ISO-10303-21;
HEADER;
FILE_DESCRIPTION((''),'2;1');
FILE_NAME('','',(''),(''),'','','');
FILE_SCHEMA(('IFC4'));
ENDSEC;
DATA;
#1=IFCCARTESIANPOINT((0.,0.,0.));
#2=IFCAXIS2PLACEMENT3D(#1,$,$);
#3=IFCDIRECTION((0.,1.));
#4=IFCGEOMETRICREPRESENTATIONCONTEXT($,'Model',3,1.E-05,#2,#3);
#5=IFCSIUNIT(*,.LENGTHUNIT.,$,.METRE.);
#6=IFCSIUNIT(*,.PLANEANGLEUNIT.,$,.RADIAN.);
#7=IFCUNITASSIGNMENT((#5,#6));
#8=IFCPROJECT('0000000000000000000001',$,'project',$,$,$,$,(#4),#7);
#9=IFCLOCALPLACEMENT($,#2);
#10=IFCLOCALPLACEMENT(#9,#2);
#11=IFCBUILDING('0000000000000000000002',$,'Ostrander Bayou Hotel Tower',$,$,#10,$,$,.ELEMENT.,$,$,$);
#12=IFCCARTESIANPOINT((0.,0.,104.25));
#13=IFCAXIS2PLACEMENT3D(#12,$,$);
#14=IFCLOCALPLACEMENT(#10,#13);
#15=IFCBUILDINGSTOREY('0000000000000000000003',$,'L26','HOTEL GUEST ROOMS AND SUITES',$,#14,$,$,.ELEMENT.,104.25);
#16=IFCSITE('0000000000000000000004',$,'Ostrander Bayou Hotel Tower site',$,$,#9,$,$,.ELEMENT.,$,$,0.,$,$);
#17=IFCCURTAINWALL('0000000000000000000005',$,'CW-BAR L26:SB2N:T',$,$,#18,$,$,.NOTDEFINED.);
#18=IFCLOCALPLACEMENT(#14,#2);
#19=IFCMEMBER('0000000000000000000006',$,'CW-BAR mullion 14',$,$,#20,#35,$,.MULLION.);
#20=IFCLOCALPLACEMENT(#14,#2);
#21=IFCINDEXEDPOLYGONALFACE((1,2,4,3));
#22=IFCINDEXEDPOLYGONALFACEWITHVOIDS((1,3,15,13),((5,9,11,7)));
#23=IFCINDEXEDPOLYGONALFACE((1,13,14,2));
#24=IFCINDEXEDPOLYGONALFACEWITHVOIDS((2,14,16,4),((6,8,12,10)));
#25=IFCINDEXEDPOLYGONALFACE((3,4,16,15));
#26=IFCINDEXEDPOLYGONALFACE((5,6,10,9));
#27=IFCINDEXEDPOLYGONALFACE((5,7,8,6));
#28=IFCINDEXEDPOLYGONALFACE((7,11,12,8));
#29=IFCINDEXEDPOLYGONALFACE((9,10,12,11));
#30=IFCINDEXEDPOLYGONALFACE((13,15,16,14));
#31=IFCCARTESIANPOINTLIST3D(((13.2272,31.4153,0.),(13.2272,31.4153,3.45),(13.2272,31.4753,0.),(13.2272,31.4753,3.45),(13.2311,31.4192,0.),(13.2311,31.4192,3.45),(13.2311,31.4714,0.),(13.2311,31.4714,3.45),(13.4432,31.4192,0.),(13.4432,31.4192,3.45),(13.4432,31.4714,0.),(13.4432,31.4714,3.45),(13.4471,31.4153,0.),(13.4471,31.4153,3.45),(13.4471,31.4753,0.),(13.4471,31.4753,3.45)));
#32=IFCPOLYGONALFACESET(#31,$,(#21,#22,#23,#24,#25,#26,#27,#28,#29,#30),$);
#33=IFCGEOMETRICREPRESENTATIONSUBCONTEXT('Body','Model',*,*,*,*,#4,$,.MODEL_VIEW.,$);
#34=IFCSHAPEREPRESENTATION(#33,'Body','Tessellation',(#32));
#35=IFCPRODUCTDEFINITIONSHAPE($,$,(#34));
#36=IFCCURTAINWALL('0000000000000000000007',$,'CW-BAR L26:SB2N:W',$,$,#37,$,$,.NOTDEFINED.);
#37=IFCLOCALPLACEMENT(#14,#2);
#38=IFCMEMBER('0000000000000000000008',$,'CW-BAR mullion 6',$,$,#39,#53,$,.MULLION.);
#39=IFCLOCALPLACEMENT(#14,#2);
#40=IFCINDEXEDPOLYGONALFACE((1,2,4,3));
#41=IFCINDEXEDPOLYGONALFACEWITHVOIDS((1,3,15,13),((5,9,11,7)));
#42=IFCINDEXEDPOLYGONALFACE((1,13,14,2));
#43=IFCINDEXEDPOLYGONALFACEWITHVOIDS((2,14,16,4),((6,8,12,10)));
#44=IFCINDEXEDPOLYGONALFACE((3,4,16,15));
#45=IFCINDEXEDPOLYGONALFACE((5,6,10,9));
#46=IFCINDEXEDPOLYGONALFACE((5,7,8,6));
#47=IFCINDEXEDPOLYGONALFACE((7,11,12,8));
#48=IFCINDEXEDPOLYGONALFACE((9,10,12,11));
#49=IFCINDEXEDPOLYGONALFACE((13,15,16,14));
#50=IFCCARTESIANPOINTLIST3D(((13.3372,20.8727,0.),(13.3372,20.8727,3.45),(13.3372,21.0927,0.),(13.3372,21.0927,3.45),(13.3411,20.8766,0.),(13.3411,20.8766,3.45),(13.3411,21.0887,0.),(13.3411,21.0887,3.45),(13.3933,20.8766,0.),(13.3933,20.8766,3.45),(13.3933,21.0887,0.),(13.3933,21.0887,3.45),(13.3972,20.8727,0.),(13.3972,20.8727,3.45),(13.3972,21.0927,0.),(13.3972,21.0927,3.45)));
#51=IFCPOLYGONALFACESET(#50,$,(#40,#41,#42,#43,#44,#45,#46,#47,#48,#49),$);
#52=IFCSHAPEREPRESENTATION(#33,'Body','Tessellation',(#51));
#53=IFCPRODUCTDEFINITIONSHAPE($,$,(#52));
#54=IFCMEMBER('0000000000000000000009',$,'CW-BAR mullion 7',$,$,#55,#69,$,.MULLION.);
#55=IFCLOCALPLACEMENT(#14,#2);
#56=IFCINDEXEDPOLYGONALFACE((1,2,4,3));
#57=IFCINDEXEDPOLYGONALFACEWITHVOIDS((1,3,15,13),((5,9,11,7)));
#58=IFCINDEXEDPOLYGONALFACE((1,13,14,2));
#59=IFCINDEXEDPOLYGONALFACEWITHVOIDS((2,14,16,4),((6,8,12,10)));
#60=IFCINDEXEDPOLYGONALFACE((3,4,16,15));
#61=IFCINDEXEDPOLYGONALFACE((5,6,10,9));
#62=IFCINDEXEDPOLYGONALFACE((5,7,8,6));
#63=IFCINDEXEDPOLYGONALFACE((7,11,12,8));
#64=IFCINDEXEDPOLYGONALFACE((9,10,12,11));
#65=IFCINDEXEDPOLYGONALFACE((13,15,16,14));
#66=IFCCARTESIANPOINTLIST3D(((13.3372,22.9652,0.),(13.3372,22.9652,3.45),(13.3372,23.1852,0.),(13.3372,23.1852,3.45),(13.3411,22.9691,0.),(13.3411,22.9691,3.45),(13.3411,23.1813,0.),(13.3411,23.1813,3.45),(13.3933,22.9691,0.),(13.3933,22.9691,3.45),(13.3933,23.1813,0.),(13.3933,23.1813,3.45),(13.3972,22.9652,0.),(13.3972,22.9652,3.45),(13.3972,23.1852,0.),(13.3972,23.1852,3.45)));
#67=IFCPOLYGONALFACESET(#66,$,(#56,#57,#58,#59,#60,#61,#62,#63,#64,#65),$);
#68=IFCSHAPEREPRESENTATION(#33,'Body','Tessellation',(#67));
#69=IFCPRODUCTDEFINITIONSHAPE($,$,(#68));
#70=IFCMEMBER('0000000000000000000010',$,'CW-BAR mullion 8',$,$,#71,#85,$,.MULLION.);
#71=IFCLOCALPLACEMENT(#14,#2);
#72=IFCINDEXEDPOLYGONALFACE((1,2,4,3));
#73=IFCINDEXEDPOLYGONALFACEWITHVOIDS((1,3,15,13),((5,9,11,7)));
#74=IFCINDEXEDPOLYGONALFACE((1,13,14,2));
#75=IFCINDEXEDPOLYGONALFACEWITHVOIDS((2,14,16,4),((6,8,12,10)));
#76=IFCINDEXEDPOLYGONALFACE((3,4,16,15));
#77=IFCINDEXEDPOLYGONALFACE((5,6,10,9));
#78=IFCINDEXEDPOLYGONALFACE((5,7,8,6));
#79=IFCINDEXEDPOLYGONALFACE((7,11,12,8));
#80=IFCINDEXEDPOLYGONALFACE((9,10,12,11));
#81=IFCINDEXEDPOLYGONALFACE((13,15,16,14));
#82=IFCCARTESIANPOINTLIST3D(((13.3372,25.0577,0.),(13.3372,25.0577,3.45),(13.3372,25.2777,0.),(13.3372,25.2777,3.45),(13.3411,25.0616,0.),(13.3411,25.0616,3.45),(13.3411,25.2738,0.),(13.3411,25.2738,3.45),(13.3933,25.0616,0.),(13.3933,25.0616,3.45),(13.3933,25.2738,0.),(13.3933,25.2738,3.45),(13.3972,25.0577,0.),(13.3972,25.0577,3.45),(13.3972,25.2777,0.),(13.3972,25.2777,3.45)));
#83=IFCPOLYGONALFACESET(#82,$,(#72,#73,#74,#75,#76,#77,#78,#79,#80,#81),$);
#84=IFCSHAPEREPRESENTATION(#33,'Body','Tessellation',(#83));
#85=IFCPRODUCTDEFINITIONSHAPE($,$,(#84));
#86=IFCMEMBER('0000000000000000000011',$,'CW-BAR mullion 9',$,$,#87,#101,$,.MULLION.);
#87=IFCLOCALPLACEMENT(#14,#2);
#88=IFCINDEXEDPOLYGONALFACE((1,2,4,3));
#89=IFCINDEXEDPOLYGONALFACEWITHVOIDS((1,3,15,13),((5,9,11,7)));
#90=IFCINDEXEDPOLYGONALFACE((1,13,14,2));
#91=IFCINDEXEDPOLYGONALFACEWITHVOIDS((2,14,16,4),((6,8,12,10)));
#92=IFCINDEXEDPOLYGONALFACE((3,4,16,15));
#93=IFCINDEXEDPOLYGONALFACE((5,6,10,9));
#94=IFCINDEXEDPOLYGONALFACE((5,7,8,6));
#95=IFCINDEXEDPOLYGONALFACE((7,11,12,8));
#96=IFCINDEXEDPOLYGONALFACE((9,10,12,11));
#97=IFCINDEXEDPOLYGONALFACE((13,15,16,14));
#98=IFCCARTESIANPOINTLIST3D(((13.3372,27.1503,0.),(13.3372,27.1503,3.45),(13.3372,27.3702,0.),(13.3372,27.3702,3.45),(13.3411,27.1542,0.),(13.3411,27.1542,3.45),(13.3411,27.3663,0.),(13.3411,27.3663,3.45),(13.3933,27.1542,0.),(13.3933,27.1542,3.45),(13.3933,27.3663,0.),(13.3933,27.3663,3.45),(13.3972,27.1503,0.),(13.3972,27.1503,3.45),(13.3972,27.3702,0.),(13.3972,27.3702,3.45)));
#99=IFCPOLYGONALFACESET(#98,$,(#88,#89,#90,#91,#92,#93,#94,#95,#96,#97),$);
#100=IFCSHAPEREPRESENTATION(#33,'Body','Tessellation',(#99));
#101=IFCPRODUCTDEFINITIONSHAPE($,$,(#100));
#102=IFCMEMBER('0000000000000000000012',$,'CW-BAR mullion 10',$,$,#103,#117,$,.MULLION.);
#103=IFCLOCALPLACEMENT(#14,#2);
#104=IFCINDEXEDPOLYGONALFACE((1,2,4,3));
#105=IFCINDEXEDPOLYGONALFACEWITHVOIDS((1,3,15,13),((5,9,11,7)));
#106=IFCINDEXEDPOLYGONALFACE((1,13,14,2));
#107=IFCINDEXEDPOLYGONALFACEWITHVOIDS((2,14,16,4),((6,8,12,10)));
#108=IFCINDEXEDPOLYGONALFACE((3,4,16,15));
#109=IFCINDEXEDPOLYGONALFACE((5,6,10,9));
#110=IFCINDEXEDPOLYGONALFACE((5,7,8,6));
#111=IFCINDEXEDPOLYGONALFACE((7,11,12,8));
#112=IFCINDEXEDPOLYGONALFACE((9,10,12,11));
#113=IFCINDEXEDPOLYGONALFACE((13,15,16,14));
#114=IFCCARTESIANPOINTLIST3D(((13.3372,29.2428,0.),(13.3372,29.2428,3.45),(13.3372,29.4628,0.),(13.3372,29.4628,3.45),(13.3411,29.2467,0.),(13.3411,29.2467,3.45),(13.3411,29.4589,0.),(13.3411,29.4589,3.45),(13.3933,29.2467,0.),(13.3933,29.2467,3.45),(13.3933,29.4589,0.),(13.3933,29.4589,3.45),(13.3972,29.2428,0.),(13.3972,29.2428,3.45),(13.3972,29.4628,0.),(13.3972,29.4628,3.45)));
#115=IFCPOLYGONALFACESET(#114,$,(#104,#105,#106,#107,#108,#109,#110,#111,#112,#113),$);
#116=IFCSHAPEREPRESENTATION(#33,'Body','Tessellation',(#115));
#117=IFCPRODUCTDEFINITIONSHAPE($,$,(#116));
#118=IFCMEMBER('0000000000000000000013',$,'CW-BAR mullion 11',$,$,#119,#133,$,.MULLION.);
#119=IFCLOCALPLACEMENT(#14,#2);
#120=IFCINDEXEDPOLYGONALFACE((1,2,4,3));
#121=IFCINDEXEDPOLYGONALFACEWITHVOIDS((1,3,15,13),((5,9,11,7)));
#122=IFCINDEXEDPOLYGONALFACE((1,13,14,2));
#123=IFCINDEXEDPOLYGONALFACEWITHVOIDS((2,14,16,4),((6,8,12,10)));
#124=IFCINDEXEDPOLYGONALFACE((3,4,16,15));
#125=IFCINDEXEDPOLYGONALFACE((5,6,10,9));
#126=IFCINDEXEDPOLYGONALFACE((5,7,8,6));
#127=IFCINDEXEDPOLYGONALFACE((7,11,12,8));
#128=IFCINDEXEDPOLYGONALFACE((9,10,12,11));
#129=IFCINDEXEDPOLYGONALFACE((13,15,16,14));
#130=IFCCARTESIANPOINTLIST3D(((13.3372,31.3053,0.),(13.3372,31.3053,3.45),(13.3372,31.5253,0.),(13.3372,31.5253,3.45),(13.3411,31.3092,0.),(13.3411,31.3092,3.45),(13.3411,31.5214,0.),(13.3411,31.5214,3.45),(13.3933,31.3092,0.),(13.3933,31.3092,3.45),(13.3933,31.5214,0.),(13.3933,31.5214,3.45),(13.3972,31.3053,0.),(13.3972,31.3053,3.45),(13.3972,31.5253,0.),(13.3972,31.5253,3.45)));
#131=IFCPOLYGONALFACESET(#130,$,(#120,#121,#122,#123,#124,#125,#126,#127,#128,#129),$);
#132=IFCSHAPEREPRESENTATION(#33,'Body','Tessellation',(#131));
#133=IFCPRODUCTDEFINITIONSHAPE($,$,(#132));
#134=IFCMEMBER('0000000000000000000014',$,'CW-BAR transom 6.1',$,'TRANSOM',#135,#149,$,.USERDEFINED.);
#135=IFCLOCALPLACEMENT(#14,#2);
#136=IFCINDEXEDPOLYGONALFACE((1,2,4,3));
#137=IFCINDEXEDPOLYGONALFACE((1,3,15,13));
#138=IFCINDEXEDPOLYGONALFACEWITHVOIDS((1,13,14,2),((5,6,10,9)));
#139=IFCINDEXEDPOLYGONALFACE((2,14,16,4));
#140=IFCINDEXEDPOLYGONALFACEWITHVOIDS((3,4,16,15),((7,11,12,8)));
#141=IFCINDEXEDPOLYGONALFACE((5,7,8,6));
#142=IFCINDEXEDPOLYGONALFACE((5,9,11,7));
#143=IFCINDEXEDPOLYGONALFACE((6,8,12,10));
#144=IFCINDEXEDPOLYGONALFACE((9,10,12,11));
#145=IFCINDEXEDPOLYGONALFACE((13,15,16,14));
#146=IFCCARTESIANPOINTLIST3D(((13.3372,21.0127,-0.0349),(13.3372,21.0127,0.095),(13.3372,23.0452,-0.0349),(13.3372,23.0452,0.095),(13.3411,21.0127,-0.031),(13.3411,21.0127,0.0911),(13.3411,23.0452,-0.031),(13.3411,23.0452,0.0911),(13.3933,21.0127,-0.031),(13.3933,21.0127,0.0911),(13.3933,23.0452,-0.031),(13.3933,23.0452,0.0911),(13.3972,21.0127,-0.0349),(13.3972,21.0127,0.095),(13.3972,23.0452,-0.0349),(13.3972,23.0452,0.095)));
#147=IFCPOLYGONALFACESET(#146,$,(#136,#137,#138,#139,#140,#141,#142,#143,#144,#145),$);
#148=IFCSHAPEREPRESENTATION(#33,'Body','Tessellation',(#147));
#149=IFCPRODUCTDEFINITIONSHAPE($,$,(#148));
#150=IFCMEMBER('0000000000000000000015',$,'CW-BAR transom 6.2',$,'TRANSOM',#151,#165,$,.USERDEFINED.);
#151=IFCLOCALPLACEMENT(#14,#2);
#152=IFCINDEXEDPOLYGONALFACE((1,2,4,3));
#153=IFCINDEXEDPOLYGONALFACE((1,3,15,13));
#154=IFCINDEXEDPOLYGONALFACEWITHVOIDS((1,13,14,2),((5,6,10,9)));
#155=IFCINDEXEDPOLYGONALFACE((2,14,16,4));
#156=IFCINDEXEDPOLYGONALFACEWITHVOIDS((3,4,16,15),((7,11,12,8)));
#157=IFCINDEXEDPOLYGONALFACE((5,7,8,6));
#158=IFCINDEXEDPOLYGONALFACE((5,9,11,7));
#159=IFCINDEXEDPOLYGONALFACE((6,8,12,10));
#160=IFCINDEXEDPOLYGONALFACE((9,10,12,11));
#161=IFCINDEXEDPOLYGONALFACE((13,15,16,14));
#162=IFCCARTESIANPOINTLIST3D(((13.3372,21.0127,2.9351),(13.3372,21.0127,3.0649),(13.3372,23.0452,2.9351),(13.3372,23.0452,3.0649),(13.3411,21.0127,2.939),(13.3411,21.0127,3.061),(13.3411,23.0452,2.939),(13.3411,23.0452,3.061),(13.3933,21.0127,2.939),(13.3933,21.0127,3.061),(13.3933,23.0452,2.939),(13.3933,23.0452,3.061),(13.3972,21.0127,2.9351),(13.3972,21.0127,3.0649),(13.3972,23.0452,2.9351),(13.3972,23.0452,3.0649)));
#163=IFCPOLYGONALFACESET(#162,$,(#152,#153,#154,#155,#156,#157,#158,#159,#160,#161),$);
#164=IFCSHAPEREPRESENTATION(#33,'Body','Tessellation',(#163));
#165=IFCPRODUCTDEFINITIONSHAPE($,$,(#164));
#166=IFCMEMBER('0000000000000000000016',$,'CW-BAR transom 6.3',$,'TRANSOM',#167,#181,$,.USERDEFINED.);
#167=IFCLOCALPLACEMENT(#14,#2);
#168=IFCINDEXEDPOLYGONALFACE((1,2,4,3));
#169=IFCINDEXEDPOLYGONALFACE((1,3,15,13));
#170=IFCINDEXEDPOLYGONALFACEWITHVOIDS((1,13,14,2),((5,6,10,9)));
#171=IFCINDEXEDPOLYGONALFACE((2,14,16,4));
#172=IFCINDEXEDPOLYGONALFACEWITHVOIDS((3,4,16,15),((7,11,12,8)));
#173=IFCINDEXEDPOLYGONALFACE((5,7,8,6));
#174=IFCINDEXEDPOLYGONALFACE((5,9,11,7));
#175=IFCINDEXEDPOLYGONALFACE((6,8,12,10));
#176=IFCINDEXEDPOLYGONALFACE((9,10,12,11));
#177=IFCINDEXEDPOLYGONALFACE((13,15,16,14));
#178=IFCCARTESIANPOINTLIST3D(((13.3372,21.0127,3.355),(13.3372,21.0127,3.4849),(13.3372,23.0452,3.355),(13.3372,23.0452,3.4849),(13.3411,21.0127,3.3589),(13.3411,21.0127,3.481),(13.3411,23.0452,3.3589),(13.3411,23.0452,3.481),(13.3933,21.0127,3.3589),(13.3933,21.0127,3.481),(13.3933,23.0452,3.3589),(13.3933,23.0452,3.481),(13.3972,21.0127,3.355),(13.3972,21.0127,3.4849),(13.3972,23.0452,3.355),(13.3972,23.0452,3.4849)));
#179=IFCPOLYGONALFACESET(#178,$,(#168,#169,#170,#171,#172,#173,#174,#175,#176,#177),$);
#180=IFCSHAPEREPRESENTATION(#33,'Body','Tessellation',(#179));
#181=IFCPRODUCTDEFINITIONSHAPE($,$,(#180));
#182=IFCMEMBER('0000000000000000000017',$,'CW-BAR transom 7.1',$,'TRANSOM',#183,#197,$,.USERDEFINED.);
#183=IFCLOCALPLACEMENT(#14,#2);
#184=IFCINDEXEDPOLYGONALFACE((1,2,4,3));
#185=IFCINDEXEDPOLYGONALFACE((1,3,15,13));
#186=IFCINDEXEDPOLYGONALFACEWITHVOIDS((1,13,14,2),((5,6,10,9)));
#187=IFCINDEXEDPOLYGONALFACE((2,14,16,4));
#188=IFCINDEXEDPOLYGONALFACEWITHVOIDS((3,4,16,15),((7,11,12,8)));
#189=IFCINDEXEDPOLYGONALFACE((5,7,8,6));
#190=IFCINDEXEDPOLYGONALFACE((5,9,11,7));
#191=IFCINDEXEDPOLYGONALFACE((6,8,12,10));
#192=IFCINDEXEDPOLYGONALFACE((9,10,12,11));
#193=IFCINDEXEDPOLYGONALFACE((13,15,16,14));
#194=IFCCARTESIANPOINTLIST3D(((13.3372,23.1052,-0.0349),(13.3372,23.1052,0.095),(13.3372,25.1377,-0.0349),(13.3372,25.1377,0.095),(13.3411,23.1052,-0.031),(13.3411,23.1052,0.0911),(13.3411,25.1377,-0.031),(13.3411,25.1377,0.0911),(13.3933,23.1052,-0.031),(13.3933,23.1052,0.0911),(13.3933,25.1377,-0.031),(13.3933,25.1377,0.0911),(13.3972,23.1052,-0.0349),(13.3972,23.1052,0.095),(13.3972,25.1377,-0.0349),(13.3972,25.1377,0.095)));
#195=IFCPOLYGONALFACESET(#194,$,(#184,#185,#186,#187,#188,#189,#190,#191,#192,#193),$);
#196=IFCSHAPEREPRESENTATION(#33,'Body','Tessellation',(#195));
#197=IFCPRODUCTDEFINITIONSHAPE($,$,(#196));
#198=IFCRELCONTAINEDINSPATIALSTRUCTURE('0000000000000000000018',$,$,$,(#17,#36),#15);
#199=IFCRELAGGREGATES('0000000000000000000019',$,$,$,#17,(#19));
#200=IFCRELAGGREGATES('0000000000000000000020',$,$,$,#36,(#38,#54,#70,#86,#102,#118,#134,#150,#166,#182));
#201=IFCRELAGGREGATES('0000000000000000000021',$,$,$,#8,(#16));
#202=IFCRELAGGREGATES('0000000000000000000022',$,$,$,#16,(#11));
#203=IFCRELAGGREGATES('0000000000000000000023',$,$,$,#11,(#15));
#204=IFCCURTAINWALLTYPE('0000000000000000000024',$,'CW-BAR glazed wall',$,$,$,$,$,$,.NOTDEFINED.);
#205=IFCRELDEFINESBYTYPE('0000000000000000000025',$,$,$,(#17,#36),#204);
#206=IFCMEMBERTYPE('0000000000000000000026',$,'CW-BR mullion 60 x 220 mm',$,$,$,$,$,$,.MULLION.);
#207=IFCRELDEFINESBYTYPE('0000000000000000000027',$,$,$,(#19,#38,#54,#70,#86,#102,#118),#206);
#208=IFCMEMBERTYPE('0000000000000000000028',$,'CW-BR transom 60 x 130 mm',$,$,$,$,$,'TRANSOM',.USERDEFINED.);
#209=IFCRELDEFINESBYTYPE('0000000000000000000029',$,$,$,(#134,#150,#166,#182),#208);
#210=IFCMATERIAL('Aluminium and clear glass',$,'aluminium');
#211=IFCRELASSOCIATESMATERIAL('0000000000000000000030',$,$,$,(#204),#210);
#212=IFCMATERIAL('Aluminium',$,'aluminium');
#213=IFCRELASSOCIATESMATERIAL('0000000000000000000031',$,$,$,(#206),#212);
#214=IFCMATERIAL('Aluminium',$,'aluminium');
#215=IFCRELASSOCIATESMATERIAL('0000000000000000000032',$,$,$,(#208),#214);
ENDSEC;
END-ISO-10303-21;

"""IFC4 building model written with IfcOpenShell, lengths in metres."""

from ifc_helpers import new_model, si_unit, direction, frame, origin, origin_2d, place, context, subcontext, project, spatial, hollow_rectangle, extrude, material, material_profile, profile_set, type_object, element, aggregate, save


model = new_model("IFC4")

# Units and contexts
model_context = context("Model", 3, precision=1e-05, world=origin(), true_north=direction((0.0, 1.0)))
body_context = subcontext(model_context, "Body", "Model", "MODEL_VIEW")
ifc_project = project(units=[si_unit("LENGTHUNIT", "METRE"), si_unit("PLANEANGLEUNIT", "RADIAN")], contexts=[model_context])

# Site, building, storey
site_placement = place(None, origin())
site = spatial("IfcSite", under=ifc_project, at=site_placement, Name="Ostrander Bayou Hotel Tower site", CompositionType="ELEMENT", RefElevation=0.0)
building_placement = place(site_placement, origin())
building = spatial("IfcBuilding", under=site, at=building_placement, Name="Ostrander Bayou Hotel Tower", CompositionType="ELEMENT")
storey_placement = place(building_placement, frame((0.0, 0.0, 104.25)))
storey = spatial("IfcBuildingStorey", under=building, at=storey_placement, Name="L26", Description="HOTEL GUEST ROOMS AND SUITES", CompositionType="ELEMENT", Elevation=104.25)

# Curtain wall, member
ifc_material_1 = material(Name="Aluminium and clear glass", Category="aluminium")
curtain_wall_type = type_object("IfcCurtainWallType", Name="CW-BAR glazed wall", PredefinedType="NOTDEFINED", material=ifc_material_1)
curtain_wall_1_placement = place(storey_placement, origin())
curtain_wall_1 = element("IfcCurtainWall", 1, at=curtain_wall_1_placement, inside=storey, type_object=curtain_wall_type, Name="CW-BAR L26:SB2N:T", PredefinedType="NOTDEFINED")
ifc_material_2 = material(Name="Aluminium", Category="aluminium")
ifc_material_profile_1 = material_profile(ifc_material_2, hollow_rectangle(XDim=0.0601, YDim=0.22, WallThickness=0.0039, at=origin_2d()))
ifc_profile_set_1 = profile_set([ifc_material_profile_1], Name="Aluminium")
member_type_1 = type_object("IfcMemberType", Name="CW-BR mullion 60 x 220 mm", PredefinedType="MULLION", material=ifc_profile_set_1)
member_1_placement = place(storey_placement, frame((13.3372, 31.4453, 0.0), z_axis=(0.0, 0.0, 1.0), x_axis=(0.0, 1.0, 0.0)))
member_1 = element("IfcMember", 2, at=member_1_placement, type_object=member_type_1, Name="CW-BAR mullion 14", PredefinedType="MULLION", context=body_context, shape_type="SweptSolid", body=[
    extrude(hollow_rectangle(XDim=0.0601, YDim=0.22, WallThickness=0.0039, at=origin_2d()), origin(), (0.0, 0.0, 1.0), 3.45),
])

# Curtain wall, members
curtain_wall_2_placement = place(storey_placement, origin())
curtain_wall_2 = element("IfcCurtainWall", 3, at=curtain_wall_2_placement, inside=storey, type_object=curtain_wall_type, Name="CW-BAR L26:SB2N:W", PredefinedType="NOTDEFINED")
member_2_placement = place(storey_placement, frame((13.3672, 20.9827, 0.0), z_axis=(0.0, 0.0, 1.0), x_axis=(-1.0, 0.0, 0.0)))
member_2 = element("IfcMember", 4, at=member_2_placement, type_object=member_type_1, Name="CW-BAR mullion 6", PredefinedType="MULLION", context=body_context, shape_type="SweptSolid", body=[
    extrude(hollow_rectangle(XDim=0.0601, YDim=0.22, WallThickness=0.0039, at=origin_2d()), origin(), (0.0, 0.0, 1.0), 3.45),
])
member_3_placement = place(storey_placement, frame((13.3672, 23.0752, 0.0), z_axis=(0.0, 0.0, 1.0), x_axis=(-1.0, 0.0, 0.0)))
member_3 = element("IfcMember", 5, at=member_3_placement, type_object=member_type_1, Name="CW-BAR mullion 7", PredefinedType="MULLION", context=body_context, shape_type="SweptSolid", body=[
    extrude(hollow_rectangle(XDim=0.0601, YDim=0.22, WallThickness=0.0039, at=origin_2d()), origin(), (0.0, 0.0, 1.0), 3.45),
])
member_4_placement = place(storey_placement, frame((13.3672, 25.1677, 0.0), z_axis=(0.0, 0.0, 1.0), x_axis=(-1.0, 0.0, 0.0)))
member_4 = element("IfcMember", 6, at=member_4_placement, type_object=member_type_1, Name="CW-BAR mullion 8", PredefinedType="MULLION", context=body_context, shape_type="SweptSolid", body=[
    extrude(hollow_rectangle(XDim=0.0601, YDim=0.22, WallThickness=0.0039, at=origin_2d()), origin(), (0.0, 0.0, 1.0), 3.45),
])
member_5_placement = place(storey_placement, frame((13.3672, 27.2603, 0.0), z_axis=(0.0, 0.0, 1.0), x_axis=(-1.0, 0.0, 0.0)))
member_5 = element("IfcMember", 7, at=member_5_placement, type_object=member_type_1, Name="CW-BAR mullion 9", PredefinedType="MULLION", context=body_context, shape_type="SweptSolid", body=[
    extrude(hollow_rectangle(XDim=0.0601, YDim=0.22, WallThickness=0.0039, at=origin_2d()), origin(), (0.0, 0.0, 1.0), 3.45),
])
member_6_placement = place(storey_placement, frame((13.3672, 29.3528, 0.0), z_axis=(0.0, 0.0, 1.0), x_axis=(-1.0, 0.0, 0.0)))
member_6 = element("IfcMember", 8, at=member_6_placement, type_object=member_type_1, Name="CW-BAR mullion 10", PredefinedType="MULLION", context=body_context, shape_type="SweptSolid", body=[
    extrude(hollow_rectangle(XDim=0.0601, YDim=0.22, WallThickness=0.0039, at=origin_2d()), origin(), (0.0, 0.0, 1.0), 3.45),
])
member_7_placement = place(storey_placement, frame((13.3672, 31.4153, 0.0), z_axis=(0.0, 0.0, 1.0), x_axis=(-1.0, 0.0, 0.0)))
member_7 = element("IfcMember", 9, at=member_7_placement, type_object=member_type_1, Name="CW-BAR mullion 11", PredefinedType="MULLION", context=body_context, shape_type="SweptSolid", body=[
    extrude(hollow_rectangle(XDim=0.0601, YDim=0.22, WallThickness=0.0039, at=origin_2d()), origin(), (0.0, 0.0, 1.0), 3.45),
])
ifc_material_3 = material(Name="Aluminium", Category="aluminium")
ifc_material_profile_2 = material_profile(ifc_material_3, hollow_rectangle(XDim=0.0601, YDim=0.1299, WallThickness=0.0039, at=origin_2d()))
ifc_profile_set_2 = profile_set([ifc_material_profile_2], Name="Aluminium")
member_type_2 = type_object("IfcMemberType", Name="CW-BR transom 60 x 130 mm", ElementType="TRANSOM", PredefinedType="USERDEFINED", material=ifc_profile_set_2)
member_8_placement = place(storey_placement, frame((13.3672, 21.0127, 0.03), z_axis=(0.0, 1.0, 0.0), x_axis=(-1.0, 0.0, 0.0)))
member_8 = element("IfcMember", 10, at=member_8_placement, type_object=member_type_2, Name="CW-BAR transom 6.1", ObjectType="TRANSOM", PredefinedType="USERDEFINED", context=body_context, shape_type="SweptSolid", body=[
    extrude(hollow_rectangle(XDim=0.0601, YDim=0.1299, WallThickness=0.0039, at=origin_2d()), origin(), (0.0, 0.0, 1.0), 2.0325),
])
member_9_placement = place(storey_placement, frame((13.3672, 21.0127, 3.0), z_axis=(0.0, 1.0, 0.0), x_axis=(-1.0, 0.0, 0.0)))
member_9 = element("IfcMember", 11, at=member_9_placement, type_object=member_type_2, Name="CW-BAR transom 6.2", ObjectType="TRANSOM", PredefinedType="USERDEFINED", context=body_context, shape_type="SweptSolid", body=[
    extrude(hollow_rectangle(XDim=0.0601, YDim=0.1299, WallThickness=0.0039, at=origin_2d()), origin(), (0.0, 0.0, 1.0), 2.0325),
])
member_10_placement = place(storey_placement, frame((13.3672, 21.0127, 3.4199), z_axis=(0.0, 1.0, 0.0), x_axis=(-1.0, 0.0, 0.0)))
member_10 = element("IfcMember", 12, at=member_10_placement, type_object=member_type_2, Name="CW-BAR transom 6.3", ObjectType="TRANSOM", PredefinedType="USERDEFINED", context=body_context, shape_type="SweptSolid", body=[
    extrude(hollow_rectangle(XDim=0.0601, YDim=0.1299, WallThickness=0.0039, at=origin_2d()), origin(), (0.0, 0.0, 1.0), 2.0325),
])
member_11_placement = place(storey_placement, frame((13.3672, 23.1052, 0.03), z_axis=(0.0, 1.0, 0.0), x_axis=(-1.0, 0.0, 0.0)))
member_11 = element("IfcMember", 13, at=member_11_placement, type_object=member_type_2, Name="CW-BAR transom 7.1", ObjectType="TRANSOM", PredefinedType="USERDEFINED", context=body_context, shape_type="SweptSolid", body=[
    extrude(hollow_rectangle(XDim=0.0601, YDim=0.1299, WallThickness=0.0039, at=origin_2d()), origin(), (0.0, 0.0, 1.0), 2.0325),
])

aggregate(curtain_wall_1, [member_1])
aggregate(curtain_wall_2, [member_2, member_3, member_4, member_5, member_6, member_7, member_8, member_9, member_10, member_11])

save(model, "model.ifc")
